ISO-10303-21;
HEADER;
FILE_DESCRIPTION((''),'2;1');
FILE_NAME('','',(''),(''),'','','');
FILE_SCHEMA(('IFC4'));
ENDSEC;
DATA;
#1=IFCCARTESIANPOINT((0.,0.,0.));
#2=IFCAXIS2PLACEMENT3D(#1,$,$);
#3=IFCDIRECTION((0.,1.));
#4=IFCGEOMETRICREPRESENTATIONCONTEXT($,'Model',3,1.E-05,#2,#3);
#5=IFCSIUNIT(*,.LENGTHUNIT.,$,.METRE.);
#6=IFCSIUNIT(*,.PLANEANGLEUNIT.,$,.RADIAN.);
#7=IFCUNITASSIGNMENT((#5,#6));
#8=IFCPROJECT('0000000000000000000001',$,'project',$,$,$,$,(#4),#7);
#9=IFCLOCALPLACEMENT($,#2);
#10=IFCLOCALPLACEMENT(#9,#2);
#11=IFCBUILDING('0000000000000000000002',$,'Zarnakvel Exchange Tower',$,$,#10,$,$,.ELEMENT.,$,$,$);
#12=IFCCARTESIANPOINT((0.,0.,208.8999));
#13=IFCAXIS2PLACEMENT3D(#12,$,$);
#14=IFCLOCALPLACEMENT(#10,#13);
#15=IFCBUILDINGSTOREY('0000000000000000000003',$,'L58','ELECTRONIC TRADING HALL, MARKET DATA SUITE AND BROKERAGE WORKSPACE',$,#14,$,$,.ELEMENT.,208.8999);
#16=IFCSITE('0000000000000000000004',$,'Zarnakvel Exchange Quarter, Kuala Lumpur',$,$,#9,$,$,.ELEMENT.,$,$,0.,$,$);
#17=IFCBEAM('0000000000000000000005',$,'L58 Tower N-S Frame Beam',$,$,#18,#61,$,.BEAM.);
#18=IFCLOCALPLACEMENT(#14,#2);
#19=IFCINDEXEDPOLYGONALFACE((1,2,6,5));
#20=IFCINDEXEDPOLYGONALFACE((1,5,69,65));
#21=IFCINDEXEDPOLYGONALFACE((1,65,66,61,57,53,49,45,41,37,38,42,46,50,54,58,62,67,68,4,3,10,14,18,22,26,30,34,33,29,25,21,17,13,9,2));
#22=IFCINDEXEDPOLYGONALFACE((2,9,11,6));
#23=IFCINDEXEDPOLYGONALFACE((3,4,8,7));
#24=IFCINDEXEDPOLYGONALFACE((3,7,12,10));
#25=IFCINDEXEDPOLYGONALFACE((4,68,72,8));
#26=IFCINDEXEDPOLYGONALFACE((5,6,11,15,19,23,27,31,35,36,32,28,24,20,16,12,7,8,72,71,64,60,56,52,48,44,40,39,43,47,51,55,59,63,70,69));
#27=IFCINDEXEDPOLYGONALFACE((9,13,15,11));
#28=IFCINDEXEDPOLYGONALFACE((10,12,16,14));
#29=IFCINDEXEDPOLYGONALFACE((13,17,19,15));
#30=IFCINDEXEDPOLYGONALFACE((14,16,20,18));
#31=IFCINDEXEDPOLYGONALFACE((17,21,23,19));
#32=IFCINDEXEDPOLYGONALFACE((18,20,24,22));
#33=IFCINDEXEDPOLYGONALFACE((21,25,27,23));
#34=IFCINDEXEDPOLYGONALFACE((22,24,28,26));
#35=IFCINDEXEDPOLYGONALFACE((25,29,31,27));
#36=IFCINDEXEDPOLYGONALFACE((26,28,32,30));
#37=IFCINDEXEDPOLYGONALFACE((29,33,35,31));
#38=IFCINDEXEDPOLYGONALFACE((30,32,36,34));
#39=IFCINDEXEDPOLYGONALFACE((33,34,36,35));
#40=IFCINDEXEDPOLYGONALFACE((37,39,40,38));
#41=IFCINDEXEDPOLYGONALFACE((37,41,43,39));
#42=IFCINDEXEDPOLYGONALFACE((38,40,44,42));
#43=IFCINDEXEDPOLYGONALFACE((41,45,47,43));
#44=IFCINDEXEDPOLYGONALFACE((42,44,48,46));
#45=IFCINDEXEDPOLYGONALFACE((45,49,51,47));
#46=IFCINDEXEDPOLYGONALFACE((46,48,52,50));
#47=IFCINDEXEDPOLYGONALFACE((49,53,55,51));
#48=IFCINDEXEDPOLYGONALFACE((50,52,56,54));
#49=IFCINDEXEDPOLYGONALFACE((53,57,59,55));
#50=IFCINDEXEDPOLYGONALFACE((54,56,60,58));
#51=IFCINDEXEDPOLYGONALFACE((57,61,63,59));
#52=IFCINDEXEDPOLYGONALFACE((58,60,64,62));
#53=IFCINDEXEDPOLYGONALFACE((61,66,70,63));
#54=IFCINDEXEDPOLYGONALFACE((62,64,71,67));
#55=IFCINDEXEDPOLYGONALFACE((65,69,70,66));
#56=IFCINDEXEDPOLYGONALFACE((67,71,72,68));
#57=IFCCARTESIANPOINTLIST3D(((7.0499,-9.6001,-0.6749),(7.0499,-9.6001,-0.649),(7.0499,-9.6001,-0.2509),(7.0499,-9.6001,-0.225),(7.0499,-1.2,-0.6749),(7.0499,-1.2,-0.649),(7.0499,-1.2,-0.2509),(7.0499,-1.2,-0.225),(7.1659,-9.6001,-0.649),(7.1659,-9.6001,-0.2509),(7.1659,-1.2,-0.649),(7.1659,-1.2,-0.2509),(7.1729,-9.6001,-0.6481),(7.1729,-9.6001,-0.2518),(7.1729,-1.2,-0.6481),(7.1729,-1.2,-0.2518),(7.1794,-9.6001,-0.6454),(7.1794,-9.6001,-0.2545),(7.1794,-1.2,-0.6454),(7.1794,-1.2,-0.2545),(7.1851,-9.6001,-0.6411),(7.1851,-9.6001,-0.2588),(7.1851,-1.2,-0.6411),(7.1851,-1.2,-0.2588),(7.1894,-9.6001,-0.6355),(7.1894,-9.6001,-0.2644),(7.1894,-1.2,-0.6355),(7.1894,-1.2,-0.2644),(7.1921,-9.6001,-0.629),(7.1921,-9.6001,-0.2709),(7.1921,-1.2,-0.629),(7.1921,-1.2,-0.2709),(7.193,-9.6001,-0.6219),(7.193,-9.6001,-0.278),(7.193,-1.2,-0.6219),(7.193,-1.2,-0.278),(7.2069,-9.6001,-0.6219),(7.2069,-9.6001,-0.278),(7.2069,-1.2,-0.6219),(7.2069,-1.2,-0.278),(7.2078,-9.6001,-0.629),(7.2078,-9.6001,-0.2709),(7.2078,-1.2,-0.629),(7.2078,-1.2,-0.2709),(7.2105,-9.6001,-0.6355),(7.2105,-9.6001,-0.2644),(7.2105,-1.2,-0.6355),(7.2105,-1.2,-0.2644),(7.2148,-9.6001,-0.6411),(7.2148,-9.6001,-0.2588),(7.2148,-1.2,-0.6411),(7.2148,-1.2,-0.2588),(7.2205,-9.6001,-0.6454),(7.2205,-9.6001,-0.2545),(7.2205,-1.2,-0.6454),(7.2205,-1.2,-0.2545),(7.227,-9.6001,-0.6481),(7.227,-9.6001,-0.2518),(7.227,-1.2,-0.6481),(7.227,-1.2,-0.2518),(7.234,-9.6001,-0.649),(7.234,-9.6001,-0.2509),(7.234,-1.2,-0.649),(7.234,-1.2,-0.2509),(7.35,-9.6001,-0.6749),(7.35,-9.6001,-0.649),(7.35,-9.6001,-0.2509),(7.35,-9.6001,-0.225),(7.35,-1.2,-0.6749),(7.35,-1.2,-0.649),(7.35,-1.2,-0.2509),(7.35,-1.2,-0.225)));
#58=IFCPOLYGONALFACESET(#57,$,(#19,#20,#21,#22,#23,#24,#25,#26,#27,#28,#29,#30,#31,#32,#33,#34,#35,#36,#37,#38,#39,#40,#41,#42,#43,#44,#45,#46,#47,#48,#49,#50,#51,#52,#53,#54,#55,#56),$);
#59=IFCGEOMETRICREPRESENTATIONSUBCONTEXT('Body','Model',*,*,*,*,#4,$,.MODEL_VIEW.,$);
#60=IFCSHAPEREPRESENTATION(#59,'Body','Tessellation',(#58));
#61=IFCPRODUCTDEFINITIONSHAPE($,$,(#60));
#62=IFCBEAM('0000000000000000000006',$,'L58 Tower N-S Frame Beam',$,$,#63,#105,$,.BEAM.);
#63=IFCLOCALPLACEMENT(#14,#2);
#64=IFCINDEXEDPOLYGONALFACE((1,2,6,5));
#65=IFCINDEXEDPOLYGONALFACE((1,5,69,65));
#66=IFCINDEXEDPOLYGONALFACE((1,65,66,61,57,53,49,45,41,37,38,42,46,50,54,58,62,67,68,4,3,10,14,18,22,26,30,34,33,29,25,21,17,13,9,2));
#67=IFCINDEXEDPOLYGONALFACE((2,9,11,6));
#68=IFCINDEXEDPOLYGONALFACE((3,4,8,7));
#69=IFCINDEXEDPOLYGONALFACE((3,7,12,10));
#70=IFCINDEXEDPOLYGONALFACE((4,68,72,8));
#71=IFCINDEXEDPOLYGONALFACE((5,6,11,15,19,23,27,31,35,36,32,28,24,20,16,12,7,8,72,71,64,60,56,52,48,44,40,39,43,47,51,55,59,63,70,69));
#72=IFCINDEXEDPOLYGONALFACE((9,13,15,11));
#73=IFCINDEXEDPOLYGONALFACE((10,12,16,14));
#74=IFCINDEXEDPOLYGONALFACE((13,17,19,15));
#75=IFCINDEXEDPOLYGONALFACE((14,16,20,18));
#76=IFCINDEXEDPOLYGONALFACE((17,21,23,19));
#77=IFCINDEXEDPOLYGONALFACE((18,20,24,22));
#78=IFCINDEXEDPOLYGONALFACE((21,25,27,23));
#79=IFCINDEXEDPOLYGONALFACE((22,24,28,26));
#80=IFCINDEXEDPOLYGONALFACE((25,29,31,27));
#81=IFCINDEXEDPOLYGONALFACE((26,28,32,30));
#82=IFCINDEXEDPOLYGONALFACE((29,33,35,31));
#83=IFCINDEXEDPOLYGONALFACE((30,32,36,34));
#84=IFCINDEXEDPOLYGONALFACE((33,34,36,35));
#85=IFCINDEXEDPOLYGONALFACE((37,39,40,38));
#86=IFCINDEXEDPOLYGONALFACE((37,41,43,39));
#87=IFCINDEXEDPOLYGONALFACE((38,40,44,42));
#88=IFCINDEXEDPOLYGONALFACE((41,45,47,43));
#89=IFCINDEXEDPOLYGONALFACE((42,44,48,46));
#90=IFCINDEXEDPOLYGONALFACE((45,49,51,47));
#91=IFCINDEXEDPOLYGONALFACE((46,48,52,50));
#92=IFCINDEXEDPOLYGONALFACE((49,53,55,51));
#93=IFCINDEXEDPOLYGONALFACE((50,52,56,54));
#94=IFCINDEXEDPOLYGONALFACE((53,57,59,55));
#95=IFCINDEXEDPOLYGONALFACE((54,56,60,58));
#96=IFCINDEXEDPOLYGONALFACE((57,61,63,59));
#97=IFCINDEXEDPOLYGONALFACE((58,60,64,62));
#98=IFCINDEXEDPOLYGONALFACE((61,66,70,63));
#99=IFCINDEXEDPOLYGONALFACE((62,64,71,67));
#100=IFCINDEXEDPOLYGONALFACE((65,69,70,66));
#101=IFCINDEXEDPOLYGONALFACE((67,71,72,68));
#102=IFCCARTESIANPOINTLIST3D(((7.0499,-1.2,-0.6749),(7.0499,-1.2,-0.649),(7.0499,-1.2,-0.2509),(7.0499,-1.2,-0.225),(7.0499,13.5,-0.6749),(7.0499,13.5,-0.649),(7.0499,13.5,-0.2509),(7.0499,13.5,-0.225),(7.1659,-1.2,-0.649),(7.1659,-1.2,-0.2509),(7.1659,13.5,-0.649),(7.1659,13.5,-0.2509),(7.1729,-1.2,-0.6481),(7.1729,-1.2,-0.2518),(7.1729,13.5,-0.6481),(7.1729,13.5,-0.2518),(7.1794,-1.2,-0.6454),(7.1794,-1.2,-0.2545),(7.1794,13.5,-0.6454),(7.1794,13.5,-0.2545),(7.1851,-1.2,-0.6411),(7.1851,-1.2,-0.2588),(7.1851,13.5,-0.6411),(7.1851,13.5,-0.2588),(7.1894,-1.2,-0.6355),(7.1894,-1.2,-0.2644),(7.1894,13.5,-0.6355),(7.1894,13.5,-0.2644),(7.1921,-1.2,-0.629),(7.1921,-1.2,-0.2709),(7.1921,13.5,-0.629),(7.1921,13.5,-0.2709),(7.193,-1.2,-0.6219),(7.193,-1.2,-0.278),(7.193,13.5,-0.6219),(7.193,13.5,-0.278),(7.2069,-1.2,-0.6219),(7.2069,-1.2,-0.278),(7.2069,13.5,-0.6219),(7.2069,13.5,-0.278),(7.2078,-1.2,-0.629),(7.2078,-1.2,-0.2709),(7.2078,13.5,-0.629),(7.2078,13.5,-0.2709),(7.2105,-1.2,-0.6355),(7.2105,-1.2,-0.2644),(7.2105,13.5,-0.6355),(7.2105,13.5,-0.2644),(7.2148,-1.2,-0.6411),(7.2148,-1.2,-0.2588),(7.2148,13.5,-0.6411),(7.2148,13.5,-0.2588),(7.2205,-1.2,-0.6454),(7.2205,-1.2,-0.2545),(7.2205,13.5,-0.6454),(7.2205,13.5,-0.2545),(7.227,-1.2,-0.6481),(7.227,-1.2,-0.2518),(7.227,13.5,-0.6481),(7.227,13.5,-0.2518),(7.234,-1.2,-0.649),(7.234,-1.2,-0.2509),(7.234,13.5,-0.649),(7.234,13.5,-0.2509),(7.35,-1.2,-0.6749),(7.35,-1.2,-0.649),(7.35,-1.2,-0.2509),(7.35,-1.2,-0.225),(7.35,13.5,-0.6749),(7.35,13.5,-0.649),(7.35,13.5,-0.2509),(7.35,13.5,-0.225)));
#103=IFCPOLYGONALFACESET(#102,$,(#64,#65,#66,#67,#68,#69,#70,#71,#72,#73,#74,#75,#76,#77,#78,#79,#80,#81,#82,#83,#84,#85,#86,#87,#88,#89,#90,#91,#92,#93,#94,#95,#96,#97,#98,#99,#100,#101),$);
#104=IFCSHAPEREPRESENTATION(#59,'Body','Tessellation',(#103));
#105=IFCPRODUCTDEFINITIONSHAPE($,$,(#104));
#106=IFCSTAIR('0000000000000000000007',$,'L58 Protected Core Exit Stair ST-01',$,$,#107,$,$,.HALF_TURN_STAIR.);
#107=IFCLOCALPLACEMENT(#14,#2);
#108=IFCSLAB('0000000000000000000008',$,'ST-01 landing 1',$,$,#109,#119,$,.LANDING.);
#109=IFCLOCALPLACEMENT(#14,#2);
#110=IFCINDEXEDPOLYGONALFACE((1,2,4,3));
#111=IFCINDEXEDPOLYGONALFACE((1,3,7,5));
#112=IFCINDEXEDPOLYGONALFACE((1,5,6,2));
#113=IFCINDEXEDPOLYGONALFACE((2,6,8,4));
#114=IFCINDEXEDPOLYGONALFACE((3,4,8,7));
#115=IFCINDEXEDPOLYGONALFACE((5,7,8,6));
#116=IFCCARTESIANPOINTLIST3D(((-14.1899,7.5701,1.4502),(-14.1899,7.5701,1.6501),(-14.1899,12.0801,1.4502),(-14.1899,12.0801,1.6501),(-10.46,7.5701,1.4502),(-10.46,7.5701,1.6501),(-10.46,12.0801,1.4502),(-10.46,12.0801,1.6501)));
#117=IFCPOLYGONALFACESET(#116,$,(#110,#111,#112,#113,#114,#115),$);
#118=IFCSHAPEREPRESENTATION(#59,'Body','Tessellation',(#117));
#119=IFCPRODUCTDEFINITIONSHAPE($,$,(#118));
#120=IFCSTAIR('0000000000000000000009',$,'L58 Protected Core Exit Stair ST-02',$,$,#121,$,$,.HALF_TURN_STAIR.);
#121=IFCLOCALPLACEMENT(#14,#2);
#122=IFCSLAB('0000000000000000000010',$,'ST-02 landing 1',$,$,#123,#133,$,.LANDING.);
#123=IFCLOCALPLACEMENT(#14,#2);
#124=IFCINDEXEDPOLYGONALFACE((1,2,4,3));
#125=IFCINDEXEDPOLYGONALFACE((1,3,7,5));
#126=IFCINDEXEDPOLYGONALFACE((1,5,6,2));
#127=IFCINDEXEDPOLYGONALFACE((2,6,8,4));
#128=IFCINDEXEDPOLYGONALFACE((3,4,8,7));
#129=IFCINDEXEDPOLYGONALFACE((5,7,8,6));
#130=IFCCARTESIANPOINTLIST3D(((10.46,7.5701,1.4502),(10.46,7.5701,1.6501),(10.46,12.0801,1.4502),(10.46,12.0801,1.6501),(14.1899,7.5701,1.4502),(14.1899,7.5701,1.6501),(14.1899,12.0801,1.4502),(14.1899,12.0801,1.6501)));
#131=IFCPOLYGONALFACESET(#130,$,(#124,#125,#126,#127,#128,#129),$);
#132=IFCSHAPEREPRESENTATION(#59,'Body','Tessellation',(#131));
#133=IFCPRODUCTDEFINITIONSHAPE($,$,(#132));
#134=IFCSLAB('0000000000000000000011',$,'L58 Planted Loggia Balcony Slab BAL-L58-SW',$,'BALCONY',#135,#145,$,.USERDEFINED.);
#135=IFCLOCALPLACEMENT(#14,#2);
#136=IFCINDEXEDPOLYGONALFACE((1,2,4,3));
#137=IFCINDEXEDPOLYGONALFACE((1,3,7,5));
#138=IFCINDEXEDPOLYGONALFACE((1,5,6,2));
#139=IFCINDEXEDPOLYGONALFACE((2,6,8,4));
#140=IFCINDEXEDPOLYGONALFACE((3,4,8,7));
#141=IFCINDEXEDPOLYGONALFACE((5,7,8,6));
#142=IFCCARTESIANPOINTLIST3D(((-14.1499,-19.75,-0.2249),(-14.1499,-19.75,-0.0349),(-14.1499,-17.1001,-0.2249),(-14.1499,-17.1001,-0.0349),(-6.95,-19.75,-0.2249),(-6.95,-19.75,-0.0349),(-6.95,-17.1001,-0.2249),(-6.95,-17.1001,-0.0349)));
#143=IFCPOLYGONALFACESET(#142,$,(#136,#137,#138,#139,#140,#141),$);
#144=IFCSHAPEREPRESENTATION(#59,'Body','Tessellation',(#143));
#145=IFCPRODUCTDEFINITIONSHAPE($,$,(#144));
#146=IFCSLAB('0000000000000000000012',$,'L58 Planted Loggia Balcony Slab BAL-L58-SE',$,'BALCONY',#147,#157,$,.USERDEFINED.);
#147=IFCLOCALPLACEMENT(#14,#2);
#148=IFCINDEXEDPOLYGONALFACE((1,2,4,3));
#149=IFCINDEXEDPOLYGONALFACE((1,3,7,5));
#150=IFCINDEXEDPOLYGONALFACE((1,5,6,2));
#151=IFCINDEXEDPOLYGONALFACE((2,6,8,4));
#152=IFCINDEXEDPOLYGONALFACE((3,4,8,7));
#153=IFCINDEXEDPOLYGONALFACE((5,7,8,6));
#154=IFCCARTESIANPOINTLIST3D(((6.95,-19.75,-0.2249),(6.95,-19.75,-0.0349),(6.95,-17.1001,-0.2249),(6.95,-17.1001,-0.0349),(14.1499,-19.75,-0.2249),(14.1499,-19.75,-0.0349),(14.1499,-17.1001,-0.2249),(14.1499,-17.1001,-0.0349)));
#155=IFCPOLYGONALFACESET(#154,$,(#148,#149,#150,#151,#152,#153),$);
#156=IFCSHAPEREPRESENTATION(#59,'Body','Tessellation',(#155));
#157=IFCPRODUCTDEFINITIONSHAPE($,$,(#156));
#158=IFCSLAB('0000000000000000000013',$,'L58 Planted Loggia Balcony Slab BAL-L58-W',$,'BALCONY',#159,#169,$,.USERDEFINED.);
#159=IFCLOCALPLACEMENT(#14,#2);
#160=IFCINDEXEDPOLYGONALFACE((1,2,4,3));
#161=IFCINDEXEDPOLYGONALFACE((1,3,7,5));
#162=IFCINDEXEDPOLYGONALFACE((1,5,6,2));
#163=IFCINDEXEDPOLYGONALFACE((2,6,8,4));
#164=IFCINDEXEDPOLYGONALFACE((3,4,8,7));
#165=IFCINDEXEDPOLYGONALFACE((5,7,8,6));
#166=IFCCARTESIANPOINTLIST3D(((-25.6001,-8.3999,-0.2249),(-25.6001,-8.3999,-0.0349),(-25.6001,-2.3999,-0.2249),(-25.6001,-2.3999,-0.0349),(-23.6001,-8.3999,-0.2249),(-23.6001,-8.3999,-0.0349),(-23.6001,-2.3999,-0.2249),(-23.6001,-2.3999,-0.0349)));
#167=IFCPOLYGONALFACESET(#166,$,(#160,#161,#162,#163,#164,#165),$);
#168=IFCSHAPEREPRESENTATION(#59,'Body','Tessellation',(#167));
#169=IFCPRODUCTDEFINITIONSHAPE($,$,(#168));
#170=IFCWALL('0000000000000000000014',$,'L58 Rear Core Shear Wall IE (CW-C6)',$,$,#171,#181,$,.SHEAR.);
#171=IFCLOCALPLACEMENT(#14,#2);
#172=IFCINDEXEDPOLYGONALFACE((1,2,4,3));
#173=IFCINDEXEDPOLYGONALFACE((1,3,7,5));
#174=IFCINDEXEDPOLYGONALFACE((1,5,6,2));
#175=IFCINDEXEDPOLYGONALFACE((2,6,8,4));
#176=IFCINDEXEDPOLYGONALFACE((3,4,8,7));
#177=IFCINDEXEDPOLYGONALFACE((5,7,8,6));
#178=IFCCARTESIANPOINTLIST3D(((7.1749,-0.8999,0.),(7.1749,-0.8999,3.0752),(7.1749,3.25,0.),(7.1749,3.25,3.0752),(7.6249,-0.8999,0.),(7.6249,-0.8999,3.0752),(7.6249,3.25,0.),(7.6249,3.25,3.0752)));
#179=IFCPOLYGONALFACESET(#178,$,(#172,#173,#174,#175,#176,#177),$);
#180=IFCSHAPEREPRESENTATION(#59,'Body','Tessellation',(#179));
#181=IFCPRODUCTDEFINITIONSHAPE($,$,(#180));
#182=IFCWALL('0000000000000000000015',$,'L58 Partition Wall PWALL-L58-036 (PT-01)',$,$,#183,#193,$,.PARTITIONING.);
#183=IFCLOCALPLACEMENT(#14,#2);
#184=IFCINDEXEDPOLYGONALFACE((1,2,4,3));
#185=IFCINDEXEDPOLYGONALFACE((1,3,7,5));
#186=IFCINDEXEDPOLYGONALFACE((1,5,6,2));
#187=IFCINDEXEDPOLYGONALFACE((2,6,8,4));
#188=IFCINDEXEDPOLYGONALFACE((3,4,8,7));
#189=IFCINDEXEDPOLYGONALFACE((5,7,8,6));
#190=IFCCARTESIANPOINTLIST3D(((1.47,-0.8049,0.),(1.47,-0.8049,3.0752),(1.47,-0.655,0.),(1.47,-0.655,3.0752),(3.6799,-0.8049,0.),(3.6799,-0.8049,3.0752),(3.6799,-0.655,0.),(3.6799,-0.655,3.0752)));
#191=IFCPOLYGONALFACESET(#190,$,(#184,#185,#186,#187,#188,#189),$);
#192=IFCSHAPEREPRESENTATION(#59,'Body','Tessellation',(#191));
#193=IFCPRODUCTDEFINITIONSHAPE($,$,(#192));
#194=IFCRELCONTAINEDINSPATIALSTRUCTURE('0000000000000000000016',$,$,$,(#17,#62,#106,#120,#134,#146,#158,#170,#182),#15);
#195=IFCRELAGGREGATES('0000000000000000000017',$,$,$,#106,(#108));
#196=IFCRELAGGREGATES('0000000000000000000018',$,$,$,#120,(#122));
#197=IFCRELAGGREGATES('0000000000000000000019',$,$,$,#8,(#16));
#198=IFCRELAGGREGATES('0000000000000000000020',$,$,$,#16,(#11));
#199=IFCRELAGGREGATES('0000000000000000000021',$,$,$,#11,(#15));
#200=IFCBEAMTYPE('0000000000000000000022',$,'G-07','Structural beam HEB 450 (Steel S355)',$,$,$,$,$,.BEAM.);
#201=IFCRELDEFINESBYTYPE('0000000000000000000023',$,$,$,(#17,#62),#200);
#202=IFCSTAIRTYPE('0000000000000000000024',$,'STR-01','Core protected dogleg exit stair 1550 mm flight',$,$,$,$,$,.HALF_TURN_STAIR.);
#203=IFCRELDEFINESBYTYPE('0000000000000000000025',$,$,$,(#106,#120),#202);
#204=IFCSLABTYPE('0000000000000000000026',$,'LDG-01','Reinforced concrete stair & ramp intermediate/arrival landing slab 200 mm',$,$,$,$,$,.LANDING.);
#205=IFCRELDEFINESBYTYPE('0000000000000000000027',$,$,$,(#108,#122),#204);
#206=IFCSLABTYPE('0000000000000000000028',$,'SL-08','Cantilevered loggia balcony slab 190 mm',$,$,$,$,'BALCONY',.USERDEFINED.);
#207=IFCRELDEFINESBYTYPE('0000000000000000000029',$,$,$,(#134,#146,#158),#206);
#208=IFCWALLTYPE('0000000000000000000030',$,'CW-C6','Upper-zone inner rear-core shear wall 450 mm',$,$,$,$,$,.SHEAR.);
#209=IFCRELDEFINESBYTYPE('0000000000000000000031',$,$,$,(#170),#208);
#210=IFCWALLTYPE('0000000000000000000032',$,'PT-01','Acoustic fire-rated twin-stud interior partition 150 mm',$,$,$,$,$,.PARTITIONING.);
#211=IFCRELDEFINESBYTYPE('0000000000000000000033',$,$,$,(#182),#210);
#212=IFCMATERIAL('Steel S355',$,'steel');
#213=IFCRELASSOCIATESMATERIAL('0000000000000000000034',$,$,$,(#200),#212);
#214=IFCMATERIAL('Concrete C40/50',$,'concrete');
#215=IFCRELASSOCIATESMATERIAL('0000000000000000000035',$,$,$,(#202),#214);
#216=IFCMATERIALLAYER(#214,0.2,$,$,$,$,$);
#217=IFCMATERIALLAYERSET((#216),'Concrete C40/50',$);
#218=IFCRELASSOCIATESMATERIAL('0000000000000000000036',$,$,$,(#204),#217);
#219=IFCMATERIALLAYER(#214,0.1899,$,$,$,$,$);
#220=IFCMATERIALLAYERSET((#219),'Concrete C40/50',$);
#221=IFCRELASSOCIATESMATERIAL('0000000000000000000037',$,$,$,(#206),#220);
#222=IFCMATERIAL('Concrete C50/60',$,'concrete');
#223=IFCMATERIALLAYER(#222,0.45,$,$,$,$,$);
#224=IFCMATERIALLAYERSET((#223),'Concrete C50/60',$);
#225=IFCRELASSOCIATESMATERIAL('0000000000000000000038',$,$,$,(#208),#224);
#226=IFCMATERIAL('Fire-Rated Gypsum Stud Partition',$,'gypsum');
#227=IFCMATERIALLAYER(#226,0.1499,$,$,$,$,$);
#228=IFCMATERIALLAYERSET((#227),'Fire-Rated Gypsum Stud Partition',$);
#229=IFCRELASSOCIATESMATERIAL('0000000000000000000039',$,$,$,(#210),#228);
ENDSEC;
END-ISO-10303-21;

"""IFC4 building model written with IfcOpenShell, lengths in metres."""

from ifc_helpers import new_model, si_unit, direction, frame, frame_2d, origin, origin_2d, place, context, subcontext, project, spatial, polyline, rectangle, i_section, outline, extrude, material, layer, layer_set, material_profile, profile_set, type_object, element, aggregate, save


model = new_model("IFC4")

# Units and contexts
model_context = context("Model", 3, precision=1e-05, world=origin(), true_north=direction((0.0, 1.0)))
body_context = subcontext(model_context, "Body", "Model", "MODEL_VIEW")
ifc_project = project(units=[si_unit("LENGTHUNIT", "METRE"), si_unit("PLANEANGLEUNIT", "RADIAN")], contexts=[model_context])

# Site, building, storey
site_placement = place(None, origin())
site = spatial("IfcSite", under=ifc_project, at=site_placement, Name="Zarnakvel Exchange Quarter, Kuala Lumpur", CompositionType="ELEMENT", RefElevation=0.0)
building_placement = place(site_placement, origin())
building = spatial("IfcBuilding", under=site, at=building_placement, Name="Zarnakvel Exchange Tower", CompositionType="ELEMENT")
storey_placement = place(building_placement, frame((0.0, 0.0, 208.8999)))
storey = spatial("IfcBuildingStorey", under=building, at=storey_placement, Name="L58", Description="ELECTRONIC TRADING HALL, MARKET DATA SUITE AND BROKERAGE WORKSPACE", CompositionType="ELEMENT", Elevation=208.8999)

# Shared definitions
ifc_material_1 = material(Name="Concrete C50/60", Category="concrete")

# Beams
ifc_material_2 = material(Name="Steel S355", Category="steel")
ifc_material_profile_1 = material_profile(ifc_material_2, i_section(OverallWidth=0.3, OverallDepth=0.45, WebThickness=0.0139, FlangeThickness=0.0259, FilletRadius=0.0271, at=origin_2d()))
ifc_profile_set_1 = profile_set([ifc_material_profile_1], Name="Steel S355")
beam_type_1 = type_object("IfcBeamType", Name="G-07", Description="Structural beam HEB 450 (Steel S355)", PredefinedType="BEAM", material=ifc_profile_set_1)
beam_1_placement = place(storey_placement, frame((7.2, -9.6001, -0.45), z_axis=(0.0, 1.0, 0.0), x_axis=(-1.0, 0.0, 0.0)))
element("IfcBeam", 1, at=beam_1_placement, inside=storey, type_object=beam_type_1, Name="L58 Tower N-S Frame Beam", PredefinedType="BEAM", context=body_context, shape_type="SweptSolid", body=[
    extrude(i_section(OverallWidth=0.3, OverallDepth=0.45, WebThickness=0.0139, FlangeThickness=0.0259, FilletRadius=0.0271, at=origin_2d()), origin(), (0.0, 0.0, 1.0), 8.4001),
])
beam_2_placement = place(storey_placement, frame((7.2, -1.2, -0.45), z_axis=(0.0, 1.0, 0.0), x_axis=(-1.0, 0.0, 0.0)))
element("IfcBeam", 2, at=beam_2_placement, inside=storey, type_object=beam_type_1, Name="L58 Tower N-S Frame Beam", PredefinedType="BEAM", context=body_context, shape_type="SweptSolid", body=[
    extrude(i_section(OverallWidth=0.3, OverallDepth=0.45, WebThickness=0.0139, FlangeThickness=0.0259, FilletRadius=0.0271, at=origin_2d()), origin(), (0.0, 0.0, 1.0), 14.7),
])

# Stairs, slabs
ifc_material_3 = material(Name="Concrete C40/50", Category="concrete")
stair_type = type_object("IfcStairType", Name="STR-01", Description="Core protected dogleg exit stair 1550 mm flight", PredefinedType="HALF_TURN_STAIR", material=ifc_material_3)
stair_1_placement = place(storey_placement, origin())
stair_1 = element("IfcStair", 3, at=stair_1_placement, inside=storey, type_object=stair_type, Name="L58 Protected Core Exit Stair ST-01", PredefinedType="HALF_TURN_STAIR")
ifc_layer_1 = layer(ifc_material_3, 0.2)
ifc_layer_set_1 = layer_set([ifc_layer_1], Name="Concrete C40/50")
slab_type_1 = type_object("IfcSlabType", Name="LDG-01", Description="Reinforced concrete stair & ramp intermediate/arrival landing slab 200 mm", PredefinedType="LANDING", material=ifc_layer_set_1)
slab_1_placement = place(storey_placement, frame((0.0, 0.0, 1.4502)))
slab_1 = element("IfcSlab", 4, at=slab_1_placement, type_object=slab_type_1, Name="ST-01 landing 1", PredefinedType="LANDING", context=body_context, shape_type="SweptSolid", body=[
    extrude(outline(polyline([(-14.1899, 7.5701), (-10.46, 7.5701), (-10.46, 12.0801), (-14.1899, 12.0801), (-14.1899, 7.5701)])), origin(), (0.0, 0.0, 1.0), 0.2),
])
aggregate(stair_1, [slab_1])
stair_2_placement = place(storey_placement, origin())
stair_2 = element("IfcStair", 5, at=stair_2_placement, inside=storey, type_object=stair_type, Name="L58 Protected Core Exit Stair ST-02", PredefinedType="HALF_TURN_STAIR")
slab_2_placement = place(storey_placement, frame((0.0, 0.0, 1.4502)))
slab_2 = element("IfcSlab", 6, at=slab_2_placement, type_object=slab_type_1, Name="ST-02 landing 1", PredefinedType="LANDING", context=body_context, shape_type="SweptSolid", body=[
    extrude(outline(polyline([(10.46, 7.5701), (14.1899, 7.5701), (14.1899, 12.0801), (10.46, 12.0801), (10.46, 7.5701)])), origin(), (0.0, 0.0, 1.0), 0.2),
])
aggregate(stair_2, [slab_2])

# Slabs
ifc_layer_2 = layer(ifc_material_3, 0.1899)
ifc_layer_set_2 = layer_set([ifc_layer_2], Name="Concrete C40/50")
slab_type_2 = type_object("IfcSlabType", Name="SL-08", Description="Cantilevered loggia balcony slab 190 mm", ElementType="BALCONY", PredefinedType="USERDEFINED", material=ifc_layer_set_2)
slab_3_placement = place(storey_placement, frame((0.0, 0.0, -0.2249)))
element("IfcSlab", 7, at=slab_3_placement, inside=storey, type_object=slab_type_2, Name="L58 Planted Loggia Balcony Slab BAL-L58-SW", ObjectType="BALCONY", PredefinedType="USERDEFINED", context=body_context, shape_type="SweptSolid", body=[
    extrude(outline(polyline([(-14.1499, -19.75), (-6.95, -19.75), (-6.95, -17.1001), (-14.1499, -17.1001), (-14.1499, -19.75)])), origin(), (0.0, 0.0, 1.0), 0.1899),
])
slab_4_placement = place(storey_placement, frame((0.0, 0.0, -0.2249)))
element("IfcSlab", 8, at=slab_4_placement, inside=storey, type_object=slab_type_2, Name="L58 Planted Loggia Balcony Slab BAL-L58-SE", ObjectType="BALCONY", PredefinedType="USERDEFINED", context=body_context, shape_type="SweptSolid", body=[
    extrude(outline(polyline([(6.95, -19.75), (14.1499, -19.75), (14.1499, -17.1001), (6.95, -17.1001), (6.95, -19.75)])), origin(), (0.0, 0.0, 1.0), 0.1899),
])
slab_5_placement = place(storey_placement, frame((0.0, 0.0, -0.2249)))
element("IfcSlab", 9, at=slab_5_placement, inside=storey, type_object=slab_type_2, Name="L58 Planted Loggia Balcony Slab BAL-L58-W", ObjectType="BALCONY", PredefinedType="USERDEFINED", context=body_context, shape_type="SweptSolid", body=[
    extrude(outline(polyline([(-25.6001, -8.3999), (-23.6001, -8.3999), (-23.6001, -2.3999), (-25.6001, -2.3999), (-25.6001, -8.3999)])), origin(), (0.0, 0.0, 1.0), 0.1899),
])

# Walls
ifc_layer_3 = layer(ifc_material_1, 0.45)
ifc_layer_set_3 = layer_set([ifc_layer_3], Name="Concrete C50/60")
wall_type_1 = type_object("IfcWallType", Name="CW-C6", Description="Upper-zone inner rear-core shear wall 450 mm", PredefinedType="SHEAR", material=ifc_layer_set_3)
wall_1_placement = place(storey_placement, frame((7.3999, -0.8999, 0.0), z_axis=(0.0, 0.0, 1.0), x_axis=(0.0, 1.0, 0.0)))
element("IfcWall", 10, at=wall_1_placement, inside=storey, type_object=wall_type_1, Name="L58 Rear Core Shear Wall IE (CW-C6)", PredefinedType="SHEAR", context=body_context, shape_type="SweptSolid", body=[
    extrude(rectangle(XDim=4.1499, YDim=0.45, at=frame_2d((2.075, 0.0))), origin(), (0.0, 0.0, 1.0), 3.0752),
])
ifc_material_4 = material(Name="Fire-Rated Gypsum Stud Partition", Category="gypsum")
ifc_layer_4 = layer(ifc_material_4, 0.1499)
ifc_layer_set_4 = layer_set([ifc_layer_4], Name="Fire-Rated Gypsum Stud Partition")
wall_type_2 = type_object("IfcWallType", Name="PT-01", Description="Acoustic fire-rated twin-stud interior partition 150 mm", PredefinedType="PARTITIONING", material=ifc_layer_set_4)
wall_2_placement = place(storey_placement, frame((3.6799, -0.73, 0.0), z_axis=(0.0, 0.0, 1.0), x_axis=(-1.0, 0.0, 0.0)))
element("IfcWall", 11, at=wall_2_placement, inside=storey, type_object=wall_type_2, Name="L58 Partition Wall PWALL-L58-036 (PT-01)", PredefinedType="PARTITIONING", context=body_context, shape_type="SweptSolid", body=[
    extrude(rectangle(XDim=2.21, YDim=0.1499, at=frame_2d((1.105, 0.0))), origin(), (0.0, 0.0, 1.0), 3.0752),
])

save(model, "model.ifc")
